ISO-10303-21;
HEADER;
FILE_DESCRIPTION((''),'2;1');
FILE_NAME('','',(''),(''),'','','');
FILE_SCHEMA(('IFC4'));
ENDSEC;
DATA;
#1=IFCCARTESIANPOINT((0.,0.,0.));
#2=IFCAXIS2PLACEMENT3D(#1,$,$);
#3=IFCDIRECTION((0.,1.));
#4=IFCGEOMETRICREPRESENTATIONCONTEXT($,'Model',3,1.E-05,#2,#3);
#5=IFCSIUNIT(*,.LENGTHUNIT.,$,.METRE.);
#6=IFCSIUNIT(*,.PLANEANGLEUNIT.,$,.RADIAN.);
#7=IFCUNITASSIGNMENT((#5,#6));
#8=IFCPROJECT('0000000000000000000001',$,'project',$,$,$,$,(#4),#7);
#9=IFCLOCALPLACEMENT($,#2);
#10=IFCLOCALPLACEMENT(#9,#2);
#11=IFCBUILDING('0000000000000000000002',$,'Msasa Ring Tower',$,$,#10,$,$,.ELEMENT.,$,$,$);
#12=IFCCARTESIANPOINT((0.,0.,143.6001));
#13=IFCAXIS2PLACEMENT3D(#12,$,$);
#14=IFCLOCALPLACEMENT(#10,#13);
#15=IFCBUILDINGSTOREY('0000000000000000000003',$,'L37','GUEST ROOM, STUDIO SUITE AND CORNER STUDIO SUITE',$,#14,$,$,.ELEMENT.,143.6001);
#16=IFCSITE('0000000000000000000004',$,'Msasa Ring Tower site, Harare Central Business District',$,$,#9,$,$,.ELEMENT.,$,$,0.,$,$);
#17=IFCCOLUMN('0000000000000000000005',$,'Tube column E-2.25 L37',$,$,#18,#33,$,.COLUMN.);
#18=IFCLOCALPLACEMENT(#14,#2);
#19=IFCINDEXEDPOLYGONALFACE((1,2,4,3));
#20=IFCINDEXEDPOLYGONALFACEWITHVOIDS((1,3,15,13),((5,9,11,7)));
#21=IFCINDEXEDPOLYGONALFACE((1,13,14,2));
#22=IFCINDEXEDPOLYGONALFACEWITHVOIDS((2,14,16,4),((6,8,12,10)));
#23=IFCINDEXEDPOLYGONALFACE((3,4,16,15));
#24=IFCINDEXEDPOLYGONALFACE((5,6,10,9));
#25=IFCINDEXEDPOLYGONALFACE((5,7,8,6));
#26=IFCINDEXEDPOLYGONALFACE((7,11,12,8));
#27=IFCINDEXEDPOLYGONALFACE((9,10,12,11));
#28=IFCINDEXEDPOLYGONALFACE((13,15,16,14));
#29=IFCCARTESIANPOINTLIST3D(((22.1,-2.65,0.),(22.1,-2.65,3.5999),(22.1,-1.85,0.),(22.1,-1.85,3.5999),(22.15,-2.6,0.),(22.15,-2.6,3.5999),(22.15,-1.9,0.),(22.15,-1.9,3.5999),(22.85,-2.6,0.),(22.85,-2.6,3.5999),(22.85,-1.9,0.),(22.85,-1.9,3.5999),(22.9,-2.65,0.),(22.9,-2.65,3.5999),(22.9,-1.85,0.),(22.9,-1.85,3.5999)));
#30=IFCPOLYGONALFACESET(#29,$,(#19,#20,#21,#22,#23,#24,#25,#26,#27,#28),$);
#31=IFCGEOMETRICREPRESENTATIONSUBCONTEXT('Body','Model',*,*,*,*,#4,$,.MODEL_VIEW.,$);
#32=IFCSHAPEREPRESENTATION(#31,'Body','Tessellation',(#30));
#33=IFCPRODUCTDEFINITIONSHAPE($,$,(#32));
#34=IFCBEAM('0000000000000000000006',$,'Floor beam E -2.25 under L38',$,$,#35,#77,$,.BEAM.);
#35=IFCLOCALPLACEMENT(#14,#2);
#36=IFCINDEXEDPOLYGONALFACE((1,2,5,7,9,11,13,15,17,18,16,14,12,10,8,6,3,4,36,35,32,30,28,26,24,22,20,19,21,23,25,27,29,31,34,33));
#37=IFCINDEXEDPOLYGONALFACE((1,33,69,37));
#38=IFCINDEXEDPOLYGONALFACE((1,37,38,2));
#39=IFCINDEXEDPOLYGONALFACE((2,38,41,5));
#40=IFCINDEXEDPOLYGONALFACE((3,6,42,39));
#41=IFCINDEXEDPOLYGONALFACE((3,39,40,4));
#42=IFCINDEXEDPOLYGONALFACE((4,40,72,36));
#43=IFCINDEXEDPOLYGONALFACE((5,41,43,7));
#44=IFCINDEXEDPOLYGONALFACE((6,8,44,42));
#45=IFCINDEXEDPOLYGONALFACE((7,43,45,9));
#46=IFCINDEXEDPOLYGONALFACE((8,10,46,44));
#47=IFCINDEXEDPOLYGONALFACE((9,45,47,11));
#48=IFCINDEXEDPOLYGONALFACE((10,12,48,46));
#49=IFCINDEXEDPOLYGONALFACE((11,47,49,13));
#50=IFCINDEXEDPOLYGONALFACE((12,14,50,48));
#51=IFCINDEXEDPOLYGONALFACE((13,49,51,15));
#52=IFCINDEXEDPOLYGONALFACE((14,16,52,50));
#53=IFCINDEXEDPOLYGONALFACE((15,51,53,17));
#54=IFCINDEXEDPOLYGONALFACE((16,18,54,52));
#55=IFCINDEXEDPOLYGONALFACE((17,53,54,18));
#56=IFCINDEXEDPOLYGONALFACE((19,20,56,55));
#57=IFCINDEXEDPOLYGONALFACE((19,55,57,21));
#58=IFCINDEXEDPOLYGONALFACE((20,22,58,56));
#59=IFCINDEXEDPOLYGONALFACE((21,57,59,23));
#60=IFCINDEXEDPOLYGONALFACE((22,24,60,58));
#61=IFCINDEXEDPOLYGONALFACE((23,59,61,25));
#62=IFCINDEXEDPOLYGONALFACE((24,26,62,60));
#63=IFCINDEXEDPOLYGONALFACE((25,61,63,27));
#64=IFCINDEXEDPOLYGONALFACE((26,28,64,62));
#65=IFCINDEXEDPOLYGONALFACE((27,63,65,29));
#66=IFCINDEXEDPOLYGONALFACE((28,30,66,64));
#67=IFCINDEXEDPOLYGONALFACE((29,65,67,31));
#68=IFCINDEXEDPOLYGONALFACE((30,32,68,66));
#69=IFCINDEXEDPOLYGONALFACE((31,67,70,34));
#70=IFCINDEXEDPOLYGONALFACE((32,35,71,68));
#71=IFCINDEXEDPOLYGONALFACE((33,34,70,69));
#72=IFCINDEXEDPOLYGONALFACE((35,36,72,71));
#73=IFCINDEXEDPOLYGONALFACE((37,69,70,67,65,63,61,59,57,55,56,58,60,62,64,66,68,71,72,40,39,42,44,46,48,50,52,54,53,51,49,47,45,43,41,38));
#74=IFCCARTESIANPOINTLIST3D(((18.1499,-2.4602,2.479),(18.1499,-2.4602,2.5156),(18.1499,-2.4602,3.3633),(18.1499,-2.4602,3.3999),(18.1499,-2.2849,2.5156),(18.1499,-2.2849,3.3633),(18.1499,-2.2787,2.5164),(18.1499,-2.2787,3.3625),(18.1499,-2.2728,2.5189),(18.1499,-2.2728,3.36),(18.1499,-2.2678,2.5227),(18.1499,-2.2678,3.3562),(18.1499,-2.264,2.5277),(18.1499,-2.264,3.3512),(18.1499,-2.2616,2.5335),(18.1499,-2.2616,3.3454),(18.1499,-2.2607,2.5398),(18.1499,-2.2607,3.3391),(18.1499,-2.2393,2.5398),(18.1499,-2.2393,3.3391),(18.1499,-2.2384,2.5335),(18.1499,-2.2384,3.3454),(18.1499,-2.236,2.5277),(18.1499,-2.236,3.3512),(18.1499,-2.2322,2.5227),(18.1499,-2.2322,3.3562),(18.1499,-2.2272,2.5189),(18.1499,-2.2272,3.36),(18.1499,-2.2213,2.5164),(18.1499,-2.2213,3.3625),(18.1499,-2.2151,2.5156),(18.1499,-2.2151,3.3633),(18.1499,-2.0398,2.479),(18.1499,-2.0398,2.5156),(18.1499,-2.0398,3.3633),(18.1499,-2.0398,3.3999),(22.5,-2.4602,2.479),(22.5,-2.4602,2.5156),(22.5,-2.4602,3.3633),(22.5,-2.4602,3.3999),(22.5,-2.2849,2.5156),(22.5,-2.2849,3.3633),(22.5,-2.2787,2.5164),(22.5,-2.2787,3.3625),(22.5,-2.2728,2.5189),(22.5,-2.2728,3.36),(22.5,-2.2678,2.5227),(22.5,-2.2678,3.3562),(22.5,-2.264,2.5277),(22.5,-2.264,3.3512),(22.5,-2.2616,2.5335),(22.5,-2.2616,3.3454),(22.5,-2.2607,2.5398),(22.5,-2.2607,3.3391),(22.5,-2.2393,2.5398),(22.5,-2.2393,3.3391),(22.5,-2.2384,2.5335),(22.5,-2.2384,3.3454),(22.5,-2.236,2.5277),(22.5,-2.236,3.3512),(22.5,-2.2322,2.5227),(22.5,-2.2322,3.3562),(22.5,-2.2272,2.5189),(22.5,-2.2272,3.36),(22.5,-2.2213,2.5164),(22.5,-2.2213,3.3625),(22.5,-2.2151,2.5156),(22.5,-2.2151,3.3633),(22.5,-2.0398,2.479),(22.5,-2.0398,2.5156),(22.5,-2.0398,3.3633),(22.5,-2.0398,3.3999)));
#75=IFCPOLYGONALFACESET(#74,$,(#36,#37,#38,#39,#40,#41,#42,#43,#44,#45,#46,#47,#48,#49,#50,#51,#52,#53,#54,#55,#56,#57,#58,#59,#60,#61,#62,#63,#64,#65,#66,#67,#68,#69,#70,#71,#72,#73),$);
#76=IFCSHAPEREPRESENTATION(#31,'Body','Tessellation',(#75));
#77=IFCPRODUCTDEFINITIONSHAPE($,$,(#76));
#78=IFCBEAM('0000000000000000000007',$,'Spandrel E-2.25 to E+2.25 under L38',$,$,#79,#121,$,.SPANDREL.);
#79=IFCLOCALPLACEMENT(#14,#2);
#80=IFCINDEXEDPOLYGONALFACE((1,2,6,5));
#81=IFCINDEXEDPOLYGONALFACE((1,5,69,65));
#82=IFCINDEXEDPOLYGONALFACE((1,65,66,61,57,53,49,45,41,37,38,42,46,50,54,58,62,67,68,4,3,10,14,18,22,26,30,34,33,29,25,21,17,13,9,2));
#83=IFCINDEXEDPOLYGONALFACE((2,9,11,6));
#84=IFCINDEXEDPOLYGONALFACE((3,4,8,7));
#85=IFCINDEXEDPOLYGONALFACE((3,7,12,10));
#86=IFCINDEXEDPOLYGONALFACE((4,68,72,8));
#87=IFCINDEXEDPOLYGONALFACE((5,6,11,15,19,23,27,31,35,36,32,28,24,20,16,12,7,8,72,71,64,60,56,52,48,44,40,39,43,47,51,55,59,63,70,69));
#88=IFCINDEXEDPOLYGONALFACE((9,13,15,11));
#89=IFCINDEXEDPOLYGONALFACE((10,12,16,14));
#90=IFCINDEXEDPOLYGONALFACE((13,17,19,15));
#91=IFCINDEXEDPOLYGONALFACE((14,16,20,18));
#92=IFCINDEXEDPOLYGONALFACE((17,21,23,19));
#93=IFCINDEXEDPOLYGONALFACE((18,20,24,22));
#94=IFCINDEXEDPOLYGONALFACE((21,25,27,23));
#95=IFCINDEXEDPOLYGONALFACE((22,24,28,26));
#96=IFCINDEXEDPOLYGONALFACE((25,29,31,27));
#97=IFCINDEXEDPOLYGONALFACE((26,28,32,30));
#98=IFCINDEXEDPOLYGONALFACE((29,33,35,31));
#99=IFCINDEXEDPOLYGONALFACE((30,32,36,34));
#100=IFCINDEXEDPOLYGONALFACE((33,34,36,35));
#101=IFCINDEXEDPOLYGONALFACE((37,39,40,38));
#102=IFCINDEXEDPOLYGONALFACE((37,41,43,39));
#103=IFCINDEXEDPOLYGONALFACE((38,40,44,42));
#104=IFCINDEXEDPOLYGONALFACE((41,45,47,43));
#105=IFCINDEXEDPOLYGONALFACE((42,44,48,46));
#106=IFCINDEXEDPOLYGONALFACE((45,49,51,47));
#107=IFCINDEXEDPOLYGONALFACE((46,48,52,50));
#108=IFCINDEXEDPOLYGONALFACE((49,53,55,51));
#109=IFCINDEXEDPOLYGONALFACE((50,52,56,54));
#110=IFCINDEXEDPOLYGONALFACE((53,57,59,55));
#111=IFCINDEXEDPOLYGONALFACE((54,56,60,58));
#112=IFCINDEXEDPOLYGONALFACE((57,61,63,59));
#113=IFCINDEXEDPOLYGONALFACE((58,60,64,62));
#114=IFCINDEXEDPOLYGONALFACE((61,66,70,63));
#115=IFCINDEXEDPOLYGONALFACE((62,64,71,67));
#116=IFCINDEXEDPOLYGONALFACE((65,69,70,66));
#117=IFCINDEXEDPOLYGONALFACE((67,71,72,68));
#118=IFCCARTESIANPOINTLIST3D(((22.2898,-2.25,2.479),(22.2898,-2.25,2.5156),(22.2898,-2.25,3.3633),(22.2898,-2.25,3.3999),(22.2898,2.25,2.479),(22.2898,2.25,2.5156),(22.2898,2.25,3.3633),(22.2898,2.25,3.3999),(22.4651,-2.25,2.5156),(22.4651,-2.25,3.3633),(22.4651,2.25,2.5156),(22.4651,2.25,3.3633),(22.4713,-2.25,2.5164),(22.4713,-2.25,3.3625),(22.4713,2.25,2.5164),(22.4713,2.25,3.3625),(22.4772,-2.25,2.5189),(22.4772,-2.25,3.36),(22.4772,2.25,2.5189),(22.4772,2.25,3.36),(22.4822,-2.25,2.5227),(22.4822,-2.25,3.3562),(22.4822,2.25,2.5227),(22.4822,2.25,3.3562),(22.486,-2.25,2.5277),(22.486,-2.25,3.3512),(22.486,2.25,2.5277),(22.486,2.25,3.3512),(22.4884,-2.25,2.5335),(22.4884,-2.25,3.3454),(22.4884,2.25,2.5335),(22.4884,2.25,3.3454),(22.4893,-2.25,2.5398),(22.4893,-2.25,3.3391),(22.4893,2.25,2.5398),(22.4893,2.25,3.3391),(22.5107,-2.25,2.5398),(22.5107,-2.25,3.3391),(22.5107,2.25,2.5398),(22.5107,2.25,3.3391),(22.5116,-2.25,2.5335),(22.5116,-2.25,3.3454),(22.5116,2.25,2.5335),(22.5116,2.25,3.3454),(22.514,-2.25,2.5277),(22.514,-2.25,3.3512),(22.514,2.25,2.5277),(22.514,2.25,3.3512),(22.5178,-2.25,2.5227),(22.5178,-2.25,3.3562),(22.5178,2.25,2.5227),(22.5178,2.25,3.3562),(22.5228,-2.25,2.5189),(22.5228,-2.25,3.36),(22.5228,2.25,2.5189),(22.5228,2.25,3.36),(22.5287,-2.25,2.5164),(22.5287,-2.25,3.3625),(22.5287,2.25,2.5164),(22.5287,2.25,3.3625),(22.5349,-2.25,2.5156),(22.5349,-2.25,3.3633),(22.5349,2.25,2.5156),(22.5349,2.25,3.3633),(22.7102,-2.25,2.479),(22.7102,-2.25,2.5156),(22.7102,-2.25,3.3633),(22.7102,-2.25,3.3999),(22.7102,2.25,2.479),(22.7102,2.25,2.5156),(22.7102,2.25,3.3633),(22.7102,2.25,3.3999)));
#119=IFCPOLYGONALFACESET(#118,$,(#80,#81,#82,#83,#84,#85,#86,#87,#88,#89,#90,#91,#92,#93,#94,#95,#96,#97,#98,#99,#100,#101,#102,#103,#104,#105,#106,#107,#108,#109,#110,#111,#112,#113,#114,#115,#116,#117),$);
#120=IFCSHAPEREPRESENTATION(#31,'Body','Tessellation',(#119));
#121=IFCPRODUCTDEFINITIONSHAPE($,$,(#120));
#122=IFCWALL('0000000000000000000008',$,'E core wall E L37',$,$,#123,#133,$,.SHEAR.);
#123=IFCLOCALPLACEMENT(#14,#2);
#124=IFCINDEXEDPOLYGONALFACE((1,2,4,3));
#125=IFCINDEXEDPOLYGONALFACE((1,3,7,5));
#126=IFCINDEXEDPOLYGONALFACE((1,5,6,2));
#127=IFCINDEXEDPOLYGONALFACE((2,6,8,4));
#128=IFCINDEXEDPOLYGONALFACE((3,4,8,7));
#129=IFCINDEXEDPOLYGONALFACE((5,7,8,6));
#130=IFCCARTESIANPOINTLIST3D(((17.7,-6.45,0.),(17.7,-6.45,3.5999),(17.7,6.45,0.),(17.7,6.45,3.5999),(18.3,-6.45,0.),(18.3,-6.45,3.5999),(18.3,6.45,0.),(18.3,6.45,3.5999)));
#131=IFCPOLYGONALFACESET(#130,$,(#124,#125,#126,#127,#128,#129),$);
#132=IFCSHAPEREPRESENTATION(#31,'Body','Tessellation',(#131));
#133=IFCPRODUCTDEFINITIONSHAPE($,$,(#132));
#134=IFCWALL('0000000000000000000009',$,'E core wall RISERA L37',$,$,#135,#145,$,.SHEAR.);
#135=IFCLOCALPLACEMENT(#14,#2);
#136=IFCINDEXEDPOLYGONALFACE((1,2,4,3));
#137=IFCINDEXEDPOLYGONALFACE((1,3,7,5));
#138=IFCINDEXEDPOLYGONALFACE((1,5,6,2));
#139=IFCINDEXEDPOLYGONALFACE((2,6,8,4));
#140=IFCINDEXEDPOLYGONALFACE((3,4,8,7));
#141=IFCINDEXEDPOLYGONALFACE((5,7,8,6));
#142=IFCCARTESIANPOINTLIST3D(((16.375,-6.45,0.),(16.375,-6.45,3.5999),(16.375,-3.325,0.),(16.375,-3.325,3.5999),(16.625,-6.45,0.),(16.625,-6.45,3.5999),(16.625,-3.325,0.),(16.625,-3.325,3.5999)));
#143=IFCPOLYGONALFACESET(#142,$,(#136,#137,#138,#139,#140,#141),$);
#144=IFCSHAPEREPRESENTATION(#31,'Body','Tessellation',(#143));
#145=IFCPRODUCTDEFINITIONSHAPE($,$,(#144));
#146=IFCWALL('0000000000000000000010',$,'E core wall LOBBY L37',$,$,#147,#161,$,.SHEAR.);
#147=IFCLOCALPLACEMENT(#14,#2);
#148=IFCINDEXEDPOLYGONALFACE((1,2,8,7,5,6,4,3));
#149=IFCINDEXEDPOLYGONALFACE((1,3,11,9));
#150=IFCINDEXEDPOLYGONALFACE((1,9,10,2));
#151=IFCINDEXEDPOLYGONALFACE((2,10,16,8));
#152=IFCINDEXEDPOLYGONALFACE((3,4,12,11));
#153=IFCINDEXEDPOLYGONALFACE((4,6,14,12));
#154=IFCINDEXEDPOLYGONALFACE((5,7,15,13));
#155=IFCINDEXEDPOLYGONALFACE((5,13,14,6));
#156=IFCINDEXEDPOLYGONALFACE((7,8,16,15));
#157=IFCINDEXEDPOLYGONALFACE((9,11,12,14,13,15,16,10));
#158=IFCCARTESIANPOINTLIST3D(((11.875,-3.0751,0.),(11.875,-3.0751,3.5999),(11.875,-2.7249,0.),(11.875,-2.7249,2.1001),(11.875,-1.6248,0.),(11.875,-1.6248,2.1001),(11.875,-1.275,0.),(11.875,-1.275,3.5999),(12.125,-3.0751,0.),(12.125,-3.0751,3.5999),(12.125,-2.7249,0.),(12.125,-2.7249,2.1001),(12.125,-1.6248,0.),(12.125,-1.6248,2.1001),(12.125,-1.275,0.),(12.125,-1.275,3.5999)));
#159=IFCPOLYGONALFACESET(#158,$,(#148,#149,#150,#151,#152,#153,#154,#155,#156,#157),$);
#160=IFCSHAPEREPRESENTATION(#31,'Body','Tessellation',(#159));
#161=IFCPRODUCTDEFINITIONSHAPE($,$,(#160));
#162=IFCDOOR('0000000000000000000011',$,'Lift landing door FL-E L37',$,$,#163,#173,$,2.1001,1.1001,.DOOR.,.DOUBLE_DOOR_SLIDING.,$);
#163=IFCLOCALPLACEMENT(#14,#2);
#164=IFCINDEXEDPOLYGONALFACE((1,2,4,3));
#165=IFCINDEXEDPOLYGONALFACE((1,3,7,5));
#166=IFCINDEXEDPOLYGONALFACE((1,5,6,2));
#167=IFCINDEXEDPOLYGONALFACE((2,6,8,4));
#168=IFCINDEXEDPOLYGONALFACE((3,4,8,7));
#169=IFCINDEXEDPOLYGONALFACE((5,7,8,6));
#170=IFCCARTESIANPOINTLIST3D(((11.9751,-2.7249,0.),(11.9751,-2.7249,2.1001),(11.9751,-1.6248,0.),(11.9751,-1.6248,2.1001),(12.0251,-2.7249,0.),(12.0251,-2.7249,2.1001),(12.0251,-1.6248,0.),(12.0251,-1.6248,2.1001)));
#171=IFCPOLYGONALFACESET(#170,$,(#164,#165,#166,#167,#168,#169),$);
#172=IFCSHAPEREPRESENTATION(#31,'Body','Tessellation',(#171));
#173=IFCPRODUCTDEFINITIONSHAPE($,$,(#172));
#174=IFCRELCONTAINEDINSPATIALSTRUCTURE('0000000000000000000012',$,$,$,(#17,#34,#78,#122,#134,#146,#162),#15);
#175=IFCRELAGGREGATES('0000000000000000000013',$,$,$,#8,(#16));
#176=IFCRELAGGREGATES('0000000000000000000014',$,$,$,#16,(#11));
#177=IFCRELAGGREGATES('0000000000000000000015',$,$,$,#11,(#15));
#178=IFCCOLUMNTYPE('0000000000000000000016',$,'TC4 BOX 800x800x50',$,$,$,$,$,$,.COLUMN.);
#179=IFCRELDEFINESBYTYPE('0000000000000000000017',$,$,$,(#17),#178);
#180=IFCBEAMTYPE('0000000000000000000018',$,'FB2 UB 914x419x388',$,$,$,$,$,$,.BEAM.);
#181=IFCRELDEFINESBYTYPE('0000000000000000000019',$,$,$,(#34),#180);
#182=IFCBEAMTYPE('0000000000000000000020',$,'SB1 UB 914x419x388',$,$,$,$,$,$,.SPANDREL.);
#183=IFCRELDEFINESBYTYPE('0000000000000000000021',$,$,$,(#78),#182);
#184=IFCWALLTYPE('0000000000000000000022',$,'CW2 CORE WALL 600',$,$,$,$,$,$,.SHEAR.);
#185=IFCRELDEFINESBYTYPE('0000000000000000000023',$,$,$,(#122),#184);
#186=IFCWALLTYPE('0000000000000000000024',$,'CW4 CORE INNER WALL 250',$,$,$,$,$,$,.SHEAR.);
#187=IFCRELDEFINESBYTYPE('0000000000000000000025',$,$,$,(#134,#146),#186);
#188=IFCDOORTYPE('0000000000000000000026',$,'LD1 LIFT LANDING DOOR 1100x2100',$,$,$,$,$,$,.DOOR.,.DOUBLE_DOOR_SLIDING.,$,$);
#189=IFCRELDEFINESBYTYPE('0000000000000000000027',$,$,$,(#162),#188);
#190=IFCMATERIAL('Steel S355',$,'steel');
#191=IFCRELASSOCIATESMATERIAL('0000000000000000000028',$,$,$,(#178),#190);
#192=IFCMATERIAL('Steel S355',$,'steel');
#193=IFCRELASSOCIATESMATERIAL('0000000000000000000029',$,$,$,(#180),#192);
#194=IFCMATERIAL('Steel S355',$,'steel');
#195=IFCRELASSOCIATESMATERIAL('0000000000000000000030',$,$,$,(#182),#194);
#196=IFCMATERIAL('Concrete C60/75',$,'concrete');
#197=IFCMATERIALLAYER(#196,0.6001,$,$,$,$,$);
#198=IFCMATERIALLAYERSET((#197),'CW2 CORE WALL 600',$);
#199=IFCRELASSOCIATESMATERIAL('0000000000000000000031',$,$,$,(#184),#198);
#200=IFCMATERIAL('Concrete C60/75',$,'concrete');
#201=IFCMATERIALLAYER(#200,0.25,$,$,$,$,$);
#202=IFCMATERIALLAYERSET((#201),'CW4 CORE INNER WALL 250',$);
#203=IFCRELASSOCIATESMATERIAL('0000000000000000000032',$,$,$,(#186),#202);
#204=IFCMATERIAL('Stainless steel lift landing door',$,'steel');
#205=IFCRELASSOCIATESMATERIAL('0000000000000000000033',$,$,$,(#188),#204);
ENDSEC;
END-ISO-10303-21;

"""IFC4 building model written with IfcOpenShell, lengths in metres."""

from ifc_helpers import new_model, si_unit, direction, frame, frame_2d, origin, origin_2d, place, context, subcontext, project, spatial, rectangle, hollow_rectangle, i_section, extrude, material, layer, layer_set, material_profile, profile_set, type_object, element, fill, save


model = new_model("IFC4")

# Units and contexts
model_context = context("Model", 3, precision=1e-05, world=origin(), true_north=direction((0.0, 1.0)))
body_context = subcontext(model_context, "Body", "Model", "MODEL_VIEW")
ifc_project = project(units=[si_unit("LENGTHUNIT", "METRE"), si_unit("PLANEANGLEUNIT", "RADIAN")], contexts=[model_context])

# Site, building, storey
site_placement = place(None, origin())
site = spatial("IfcSite", under=ifc_project, at=site_placement, Name="Msasa Ring Tower site, Harare Central Business District", CompositionType="ELEMENT", RefElevation=0.0)
building_placement = place(site_placement, origin())
building = spatial("IfcBuilding", under=site, at=building_placement, Name="Msasa Ring Tower", CompositionType="ELEMENT")
storey_placement = place(building_placement, frame((0.0, 0.0, 143.6001)))
storey = spatial("IfcBuildingStorey", under=building, at=storey_placement, Name="L37", Description="GUEST ROOM, STUDIO SUITE AND CORNER STUDIO SUITE", CompositionType="ELEMENT", Elevation=143.6001)

# Column
ifc_material_1 = material(Name="Steel S355", Category="steel")
ifc_material_profile_1 = material_profile(ifc_material_1, hollow_rectangle(XDim=0.8, YDim=0.8, WallThickness=0.05, at=origin_2d()), Name="BOX 800x800x50")
ifc_profile_set_1 = profile_set([ifc_material_profile_1], Name="Steel S355")
column_type = type_object("IfcColumnType", Name="TC4 BOX 800x800x50", PredefinedType="COLUMN", material=ifc_profile_set_1)
column_placement = place(storey_placement, frame((22.5, -2.25, 0.0), z_axis=(0.0, 0.0, 1.0), x_axis=(1.0, 0.0, 0.0)))
element("IfcColumn", 1, at=column_placement, inside=storey, type_object=column_type, Name="Tube column E-2.25 L37", PredefinedType="COLUMN", context=body_context, shape_type="SweptSolid", body=[
    extrude(hollow_rectangle(XDim=0.8, YDim=0.8, WallThickness=0.05, at=origin_2d()), origin(), (0.0, 0.0, 1.0), 3.5999),
])

# Beams
ifc_material_2 = material(Name="Steel S355", Category="steel")
ifc_material_profile_2 = material_profile(ifc_material_2, i_section(OverallWidth=0.4204, OverallDepth=0.9209, WebThickness=0.0215, FlangeThickness=0.0366, FilletRadius=0.0242, at=origin_2d()), Name="UB 914x419x388")
ifc_profile_set_2 = profile_set([ifc_material_profile_2], Name="Steel S355")
beam_type_1 = type_object("IfcBeamType", Name="FB2 UB 914x419x388", PredefinedType="BEAM", material=ifc_profile_set_2)
beam_1_placement = place(storey_placement, frame((22.5, -2.25, 2.9395), z_axis=(-1.0, 0.0, 0.0), x_axis=(0.0, -1.0, 0.0)))
element("IfcBeam", 2, at=beam_1_placement, inside=storey, type_object=beam_type_1, Name="Floor beam E -2.25 under L38", PredefinedType="BEAM", context=body_context, shape_type="SweptSolid", body=[
    extrude(i_section(OverallWidth=0.4204, OverallDepth=0.9209, WebThickness=0.0215, FlangeThickness=0.0366, FilletRadius=0.0242, at=origin_2d()), origin(), (0.0, 0.0, 1.0), 4.3501),
])
ifc_material_3 = material(Name="Steel S355", Category="steel")
ifc_material_profile_3 = material_profile(ifc_material_3, i_section(OverallWidth=0.4204, OverallDepth=0.9209, WebThickness=0.0215, FlangeThickness=0.0366, FilletRadius=0.0242, at=origin_2d()), Name="UB 914x419x388")
ifc_profile_set_3 = profile_set([ifc_material_profile_3], Name="Steel S355")
beam_type_2 = type_object("IfcBeamType", Name="SB1 UB 914x419x388", PredefinedType="SPANDREL", material=ifc_profile_set_3)
beam_2_placement = place(storey_placement, frame((22.5, -2.25, 2.9395), z_axis=(0.0, 1.0, 0.0), x_axis=(-1.0, 0.0, 0.0)))
element("IfcBeam", 3, at=beam_2_placement, inside=storey, type_object=beam_type_2, Name="Spandrel E-2.25 to E+2.25 under L38", PredefinedType="SPANDREL", context=body_context, shape_type="SweptSolid", body=[
    extrude(i_section(OverallWidth=0.4204, OverallDepth=0.9209, WebThickness=0.0215, FlangeThickness=0.0366, FilletRadius=0.0242, at=origin_2d()), origin(), (0.0, 0.0, 1.0), 4.5),
])

# Walls
ifc_material_4 = material(Name="Concrete C60/75", Category="concrete")
ifc_layer_1 = layer(ifc_material_4, 0.6001)
ifc_layer_set_1 = layer_set([ifc_layer_1], Name="CW2 CORE WALL 600")
wall_type_1 = type_object("IfcWallType", Name="CW2 CORE WALL 600", PredefinedType="SHEAR", material=ifc_layer_set_1)
wall_1_placement = place(storey_placement, frame((18.0, -6.45, 0.0), z_axis=(0.0, 0.0, 1.0), x_axis=(0.0, 1.0, 0.0)))
element("IfcWall", 4, at=wall_1_placement, inside=storey, type_object=wall_type_1, Name="E core wall E L37", PredefinedType="SHEAR", context=body_context, shape_type="SweptSolid", body=[
    extrude(rectangle(XDim=12.8999, YDim=0.6001, at=frame_2d((6.45, 0.0))), origin(), (0.0, 0.0, 1.0), 3.5999),
])
ifc_material_5 = material(Name="Concrete C60/75", Category="concrete")
ifc_layer_2 = layer(ifc_material_5, 0.25)
ifc_layer_set_2 = layer_set([ifc_layer_2], Name="CW4 CORE INNER WALL 250")
wall_type_2 = type_object("IfcWallType", Name="CW4 CORE INNER WALL 250", PredefinedType="SHEAR", material=ifc_layer_set_2)
wall_2_placement = place(storey_placement, frame((16.5, -6.45, 0.0), z_axis=(0.0, 0.0, 1.0), x_axis=(0.0, 1.0, 0.0)))
element("IfcWall", 5, at=wall_2_placement, inside=storey, type_object=wall_type_2, Name="E core wall RISERA L37", PredefinedType="SHEAR", context=body_context, shape_type="SweptSolid", body=[
    extrude(rectangle(XDim=3.125, YDim=0.25, at=frame_2d((1.5625, 0.0))), origin(), (0.0, 0.0, 1.0), 3.5999),
])

# Wall, opening, door
wall_3_placement = place(storey_placement, frame((12.0, -3.075, 0.0), z_axis=(0.0, 0.0, 1.0), x_axis=(0.0, 1.0, 0.0)))
wall_3 = element("IfcWall", 6, at=wall_3_placement, inside=storey, type_object=wall_type_2, Name="E core wall LOBBY L37", PredefinedType="SHEAR", context=body_context, shape_type="SweptSolid", body=[
    extrude(rectangle(XDim=1.8, YDim=0.25, at=frame_2d((0.8999, 0.0))), origin(), (0.0, 0.0, 1.0), 3.5999),
])
opening_1_placement = place(wall_3_placement, frame((0.3501, 0.0, 0.0)))
opening_1 = element("IfcOpeningElement", 7, at=opening_1_placement, cuts=wall_3, PredefinedType="OPENING", context=body_context, shape_type="SweptSolid", body=[
    extrude(rectangle(XDim=1.1001, YDim=2.1001, at=frame_2d((0.55, 1.05))), frame((0.0, 0.135, 0.0), z_axis=(0.0, -1.0, 0.0), x_axis=(1.0, 0.0, 0.0)), (0.0, 0.0, 1.0), 0.27),
])
ifc_material_6 = material(Name="Stainless steel lift landing door", Category="steel")
door_type = type_object("IfcDoorType", Name="LD1 LIFT LANDING DOOR 1100x2100", OperationType="DOUBLE_DOOR_SLIDING", PredefinedType="DOOR", material=ifc_material_6)
door_1_placement = place(opening_1_placement, origin())
door_1 = element("IfcDoor", 8, at=door_1_placement, inside=storey, type_object=door_type, Name="Lift landing door FL-E L37", OperationType="DOUBLE_DOOR_SLIDING", OverallHeight=2.1001, OverallWidth=1.1001, PredefinedType="DOOR", context=body_context, shape_type="SweptSolid", body=[
    extrude(rectangle(XDim=1.1001, YDim=2.1001, at=frame_2d((0.55, 1.05))), frame((0.0, 0.0249, 0.0), z_axis=(0.0, -1.0, 0.0), x_axis=(1.0, 0.0, 0.0)), (0.0, 0.0, 1.0), 0.05),
])
fill(opening_1, door_1)

save(model, "model.ifc")
